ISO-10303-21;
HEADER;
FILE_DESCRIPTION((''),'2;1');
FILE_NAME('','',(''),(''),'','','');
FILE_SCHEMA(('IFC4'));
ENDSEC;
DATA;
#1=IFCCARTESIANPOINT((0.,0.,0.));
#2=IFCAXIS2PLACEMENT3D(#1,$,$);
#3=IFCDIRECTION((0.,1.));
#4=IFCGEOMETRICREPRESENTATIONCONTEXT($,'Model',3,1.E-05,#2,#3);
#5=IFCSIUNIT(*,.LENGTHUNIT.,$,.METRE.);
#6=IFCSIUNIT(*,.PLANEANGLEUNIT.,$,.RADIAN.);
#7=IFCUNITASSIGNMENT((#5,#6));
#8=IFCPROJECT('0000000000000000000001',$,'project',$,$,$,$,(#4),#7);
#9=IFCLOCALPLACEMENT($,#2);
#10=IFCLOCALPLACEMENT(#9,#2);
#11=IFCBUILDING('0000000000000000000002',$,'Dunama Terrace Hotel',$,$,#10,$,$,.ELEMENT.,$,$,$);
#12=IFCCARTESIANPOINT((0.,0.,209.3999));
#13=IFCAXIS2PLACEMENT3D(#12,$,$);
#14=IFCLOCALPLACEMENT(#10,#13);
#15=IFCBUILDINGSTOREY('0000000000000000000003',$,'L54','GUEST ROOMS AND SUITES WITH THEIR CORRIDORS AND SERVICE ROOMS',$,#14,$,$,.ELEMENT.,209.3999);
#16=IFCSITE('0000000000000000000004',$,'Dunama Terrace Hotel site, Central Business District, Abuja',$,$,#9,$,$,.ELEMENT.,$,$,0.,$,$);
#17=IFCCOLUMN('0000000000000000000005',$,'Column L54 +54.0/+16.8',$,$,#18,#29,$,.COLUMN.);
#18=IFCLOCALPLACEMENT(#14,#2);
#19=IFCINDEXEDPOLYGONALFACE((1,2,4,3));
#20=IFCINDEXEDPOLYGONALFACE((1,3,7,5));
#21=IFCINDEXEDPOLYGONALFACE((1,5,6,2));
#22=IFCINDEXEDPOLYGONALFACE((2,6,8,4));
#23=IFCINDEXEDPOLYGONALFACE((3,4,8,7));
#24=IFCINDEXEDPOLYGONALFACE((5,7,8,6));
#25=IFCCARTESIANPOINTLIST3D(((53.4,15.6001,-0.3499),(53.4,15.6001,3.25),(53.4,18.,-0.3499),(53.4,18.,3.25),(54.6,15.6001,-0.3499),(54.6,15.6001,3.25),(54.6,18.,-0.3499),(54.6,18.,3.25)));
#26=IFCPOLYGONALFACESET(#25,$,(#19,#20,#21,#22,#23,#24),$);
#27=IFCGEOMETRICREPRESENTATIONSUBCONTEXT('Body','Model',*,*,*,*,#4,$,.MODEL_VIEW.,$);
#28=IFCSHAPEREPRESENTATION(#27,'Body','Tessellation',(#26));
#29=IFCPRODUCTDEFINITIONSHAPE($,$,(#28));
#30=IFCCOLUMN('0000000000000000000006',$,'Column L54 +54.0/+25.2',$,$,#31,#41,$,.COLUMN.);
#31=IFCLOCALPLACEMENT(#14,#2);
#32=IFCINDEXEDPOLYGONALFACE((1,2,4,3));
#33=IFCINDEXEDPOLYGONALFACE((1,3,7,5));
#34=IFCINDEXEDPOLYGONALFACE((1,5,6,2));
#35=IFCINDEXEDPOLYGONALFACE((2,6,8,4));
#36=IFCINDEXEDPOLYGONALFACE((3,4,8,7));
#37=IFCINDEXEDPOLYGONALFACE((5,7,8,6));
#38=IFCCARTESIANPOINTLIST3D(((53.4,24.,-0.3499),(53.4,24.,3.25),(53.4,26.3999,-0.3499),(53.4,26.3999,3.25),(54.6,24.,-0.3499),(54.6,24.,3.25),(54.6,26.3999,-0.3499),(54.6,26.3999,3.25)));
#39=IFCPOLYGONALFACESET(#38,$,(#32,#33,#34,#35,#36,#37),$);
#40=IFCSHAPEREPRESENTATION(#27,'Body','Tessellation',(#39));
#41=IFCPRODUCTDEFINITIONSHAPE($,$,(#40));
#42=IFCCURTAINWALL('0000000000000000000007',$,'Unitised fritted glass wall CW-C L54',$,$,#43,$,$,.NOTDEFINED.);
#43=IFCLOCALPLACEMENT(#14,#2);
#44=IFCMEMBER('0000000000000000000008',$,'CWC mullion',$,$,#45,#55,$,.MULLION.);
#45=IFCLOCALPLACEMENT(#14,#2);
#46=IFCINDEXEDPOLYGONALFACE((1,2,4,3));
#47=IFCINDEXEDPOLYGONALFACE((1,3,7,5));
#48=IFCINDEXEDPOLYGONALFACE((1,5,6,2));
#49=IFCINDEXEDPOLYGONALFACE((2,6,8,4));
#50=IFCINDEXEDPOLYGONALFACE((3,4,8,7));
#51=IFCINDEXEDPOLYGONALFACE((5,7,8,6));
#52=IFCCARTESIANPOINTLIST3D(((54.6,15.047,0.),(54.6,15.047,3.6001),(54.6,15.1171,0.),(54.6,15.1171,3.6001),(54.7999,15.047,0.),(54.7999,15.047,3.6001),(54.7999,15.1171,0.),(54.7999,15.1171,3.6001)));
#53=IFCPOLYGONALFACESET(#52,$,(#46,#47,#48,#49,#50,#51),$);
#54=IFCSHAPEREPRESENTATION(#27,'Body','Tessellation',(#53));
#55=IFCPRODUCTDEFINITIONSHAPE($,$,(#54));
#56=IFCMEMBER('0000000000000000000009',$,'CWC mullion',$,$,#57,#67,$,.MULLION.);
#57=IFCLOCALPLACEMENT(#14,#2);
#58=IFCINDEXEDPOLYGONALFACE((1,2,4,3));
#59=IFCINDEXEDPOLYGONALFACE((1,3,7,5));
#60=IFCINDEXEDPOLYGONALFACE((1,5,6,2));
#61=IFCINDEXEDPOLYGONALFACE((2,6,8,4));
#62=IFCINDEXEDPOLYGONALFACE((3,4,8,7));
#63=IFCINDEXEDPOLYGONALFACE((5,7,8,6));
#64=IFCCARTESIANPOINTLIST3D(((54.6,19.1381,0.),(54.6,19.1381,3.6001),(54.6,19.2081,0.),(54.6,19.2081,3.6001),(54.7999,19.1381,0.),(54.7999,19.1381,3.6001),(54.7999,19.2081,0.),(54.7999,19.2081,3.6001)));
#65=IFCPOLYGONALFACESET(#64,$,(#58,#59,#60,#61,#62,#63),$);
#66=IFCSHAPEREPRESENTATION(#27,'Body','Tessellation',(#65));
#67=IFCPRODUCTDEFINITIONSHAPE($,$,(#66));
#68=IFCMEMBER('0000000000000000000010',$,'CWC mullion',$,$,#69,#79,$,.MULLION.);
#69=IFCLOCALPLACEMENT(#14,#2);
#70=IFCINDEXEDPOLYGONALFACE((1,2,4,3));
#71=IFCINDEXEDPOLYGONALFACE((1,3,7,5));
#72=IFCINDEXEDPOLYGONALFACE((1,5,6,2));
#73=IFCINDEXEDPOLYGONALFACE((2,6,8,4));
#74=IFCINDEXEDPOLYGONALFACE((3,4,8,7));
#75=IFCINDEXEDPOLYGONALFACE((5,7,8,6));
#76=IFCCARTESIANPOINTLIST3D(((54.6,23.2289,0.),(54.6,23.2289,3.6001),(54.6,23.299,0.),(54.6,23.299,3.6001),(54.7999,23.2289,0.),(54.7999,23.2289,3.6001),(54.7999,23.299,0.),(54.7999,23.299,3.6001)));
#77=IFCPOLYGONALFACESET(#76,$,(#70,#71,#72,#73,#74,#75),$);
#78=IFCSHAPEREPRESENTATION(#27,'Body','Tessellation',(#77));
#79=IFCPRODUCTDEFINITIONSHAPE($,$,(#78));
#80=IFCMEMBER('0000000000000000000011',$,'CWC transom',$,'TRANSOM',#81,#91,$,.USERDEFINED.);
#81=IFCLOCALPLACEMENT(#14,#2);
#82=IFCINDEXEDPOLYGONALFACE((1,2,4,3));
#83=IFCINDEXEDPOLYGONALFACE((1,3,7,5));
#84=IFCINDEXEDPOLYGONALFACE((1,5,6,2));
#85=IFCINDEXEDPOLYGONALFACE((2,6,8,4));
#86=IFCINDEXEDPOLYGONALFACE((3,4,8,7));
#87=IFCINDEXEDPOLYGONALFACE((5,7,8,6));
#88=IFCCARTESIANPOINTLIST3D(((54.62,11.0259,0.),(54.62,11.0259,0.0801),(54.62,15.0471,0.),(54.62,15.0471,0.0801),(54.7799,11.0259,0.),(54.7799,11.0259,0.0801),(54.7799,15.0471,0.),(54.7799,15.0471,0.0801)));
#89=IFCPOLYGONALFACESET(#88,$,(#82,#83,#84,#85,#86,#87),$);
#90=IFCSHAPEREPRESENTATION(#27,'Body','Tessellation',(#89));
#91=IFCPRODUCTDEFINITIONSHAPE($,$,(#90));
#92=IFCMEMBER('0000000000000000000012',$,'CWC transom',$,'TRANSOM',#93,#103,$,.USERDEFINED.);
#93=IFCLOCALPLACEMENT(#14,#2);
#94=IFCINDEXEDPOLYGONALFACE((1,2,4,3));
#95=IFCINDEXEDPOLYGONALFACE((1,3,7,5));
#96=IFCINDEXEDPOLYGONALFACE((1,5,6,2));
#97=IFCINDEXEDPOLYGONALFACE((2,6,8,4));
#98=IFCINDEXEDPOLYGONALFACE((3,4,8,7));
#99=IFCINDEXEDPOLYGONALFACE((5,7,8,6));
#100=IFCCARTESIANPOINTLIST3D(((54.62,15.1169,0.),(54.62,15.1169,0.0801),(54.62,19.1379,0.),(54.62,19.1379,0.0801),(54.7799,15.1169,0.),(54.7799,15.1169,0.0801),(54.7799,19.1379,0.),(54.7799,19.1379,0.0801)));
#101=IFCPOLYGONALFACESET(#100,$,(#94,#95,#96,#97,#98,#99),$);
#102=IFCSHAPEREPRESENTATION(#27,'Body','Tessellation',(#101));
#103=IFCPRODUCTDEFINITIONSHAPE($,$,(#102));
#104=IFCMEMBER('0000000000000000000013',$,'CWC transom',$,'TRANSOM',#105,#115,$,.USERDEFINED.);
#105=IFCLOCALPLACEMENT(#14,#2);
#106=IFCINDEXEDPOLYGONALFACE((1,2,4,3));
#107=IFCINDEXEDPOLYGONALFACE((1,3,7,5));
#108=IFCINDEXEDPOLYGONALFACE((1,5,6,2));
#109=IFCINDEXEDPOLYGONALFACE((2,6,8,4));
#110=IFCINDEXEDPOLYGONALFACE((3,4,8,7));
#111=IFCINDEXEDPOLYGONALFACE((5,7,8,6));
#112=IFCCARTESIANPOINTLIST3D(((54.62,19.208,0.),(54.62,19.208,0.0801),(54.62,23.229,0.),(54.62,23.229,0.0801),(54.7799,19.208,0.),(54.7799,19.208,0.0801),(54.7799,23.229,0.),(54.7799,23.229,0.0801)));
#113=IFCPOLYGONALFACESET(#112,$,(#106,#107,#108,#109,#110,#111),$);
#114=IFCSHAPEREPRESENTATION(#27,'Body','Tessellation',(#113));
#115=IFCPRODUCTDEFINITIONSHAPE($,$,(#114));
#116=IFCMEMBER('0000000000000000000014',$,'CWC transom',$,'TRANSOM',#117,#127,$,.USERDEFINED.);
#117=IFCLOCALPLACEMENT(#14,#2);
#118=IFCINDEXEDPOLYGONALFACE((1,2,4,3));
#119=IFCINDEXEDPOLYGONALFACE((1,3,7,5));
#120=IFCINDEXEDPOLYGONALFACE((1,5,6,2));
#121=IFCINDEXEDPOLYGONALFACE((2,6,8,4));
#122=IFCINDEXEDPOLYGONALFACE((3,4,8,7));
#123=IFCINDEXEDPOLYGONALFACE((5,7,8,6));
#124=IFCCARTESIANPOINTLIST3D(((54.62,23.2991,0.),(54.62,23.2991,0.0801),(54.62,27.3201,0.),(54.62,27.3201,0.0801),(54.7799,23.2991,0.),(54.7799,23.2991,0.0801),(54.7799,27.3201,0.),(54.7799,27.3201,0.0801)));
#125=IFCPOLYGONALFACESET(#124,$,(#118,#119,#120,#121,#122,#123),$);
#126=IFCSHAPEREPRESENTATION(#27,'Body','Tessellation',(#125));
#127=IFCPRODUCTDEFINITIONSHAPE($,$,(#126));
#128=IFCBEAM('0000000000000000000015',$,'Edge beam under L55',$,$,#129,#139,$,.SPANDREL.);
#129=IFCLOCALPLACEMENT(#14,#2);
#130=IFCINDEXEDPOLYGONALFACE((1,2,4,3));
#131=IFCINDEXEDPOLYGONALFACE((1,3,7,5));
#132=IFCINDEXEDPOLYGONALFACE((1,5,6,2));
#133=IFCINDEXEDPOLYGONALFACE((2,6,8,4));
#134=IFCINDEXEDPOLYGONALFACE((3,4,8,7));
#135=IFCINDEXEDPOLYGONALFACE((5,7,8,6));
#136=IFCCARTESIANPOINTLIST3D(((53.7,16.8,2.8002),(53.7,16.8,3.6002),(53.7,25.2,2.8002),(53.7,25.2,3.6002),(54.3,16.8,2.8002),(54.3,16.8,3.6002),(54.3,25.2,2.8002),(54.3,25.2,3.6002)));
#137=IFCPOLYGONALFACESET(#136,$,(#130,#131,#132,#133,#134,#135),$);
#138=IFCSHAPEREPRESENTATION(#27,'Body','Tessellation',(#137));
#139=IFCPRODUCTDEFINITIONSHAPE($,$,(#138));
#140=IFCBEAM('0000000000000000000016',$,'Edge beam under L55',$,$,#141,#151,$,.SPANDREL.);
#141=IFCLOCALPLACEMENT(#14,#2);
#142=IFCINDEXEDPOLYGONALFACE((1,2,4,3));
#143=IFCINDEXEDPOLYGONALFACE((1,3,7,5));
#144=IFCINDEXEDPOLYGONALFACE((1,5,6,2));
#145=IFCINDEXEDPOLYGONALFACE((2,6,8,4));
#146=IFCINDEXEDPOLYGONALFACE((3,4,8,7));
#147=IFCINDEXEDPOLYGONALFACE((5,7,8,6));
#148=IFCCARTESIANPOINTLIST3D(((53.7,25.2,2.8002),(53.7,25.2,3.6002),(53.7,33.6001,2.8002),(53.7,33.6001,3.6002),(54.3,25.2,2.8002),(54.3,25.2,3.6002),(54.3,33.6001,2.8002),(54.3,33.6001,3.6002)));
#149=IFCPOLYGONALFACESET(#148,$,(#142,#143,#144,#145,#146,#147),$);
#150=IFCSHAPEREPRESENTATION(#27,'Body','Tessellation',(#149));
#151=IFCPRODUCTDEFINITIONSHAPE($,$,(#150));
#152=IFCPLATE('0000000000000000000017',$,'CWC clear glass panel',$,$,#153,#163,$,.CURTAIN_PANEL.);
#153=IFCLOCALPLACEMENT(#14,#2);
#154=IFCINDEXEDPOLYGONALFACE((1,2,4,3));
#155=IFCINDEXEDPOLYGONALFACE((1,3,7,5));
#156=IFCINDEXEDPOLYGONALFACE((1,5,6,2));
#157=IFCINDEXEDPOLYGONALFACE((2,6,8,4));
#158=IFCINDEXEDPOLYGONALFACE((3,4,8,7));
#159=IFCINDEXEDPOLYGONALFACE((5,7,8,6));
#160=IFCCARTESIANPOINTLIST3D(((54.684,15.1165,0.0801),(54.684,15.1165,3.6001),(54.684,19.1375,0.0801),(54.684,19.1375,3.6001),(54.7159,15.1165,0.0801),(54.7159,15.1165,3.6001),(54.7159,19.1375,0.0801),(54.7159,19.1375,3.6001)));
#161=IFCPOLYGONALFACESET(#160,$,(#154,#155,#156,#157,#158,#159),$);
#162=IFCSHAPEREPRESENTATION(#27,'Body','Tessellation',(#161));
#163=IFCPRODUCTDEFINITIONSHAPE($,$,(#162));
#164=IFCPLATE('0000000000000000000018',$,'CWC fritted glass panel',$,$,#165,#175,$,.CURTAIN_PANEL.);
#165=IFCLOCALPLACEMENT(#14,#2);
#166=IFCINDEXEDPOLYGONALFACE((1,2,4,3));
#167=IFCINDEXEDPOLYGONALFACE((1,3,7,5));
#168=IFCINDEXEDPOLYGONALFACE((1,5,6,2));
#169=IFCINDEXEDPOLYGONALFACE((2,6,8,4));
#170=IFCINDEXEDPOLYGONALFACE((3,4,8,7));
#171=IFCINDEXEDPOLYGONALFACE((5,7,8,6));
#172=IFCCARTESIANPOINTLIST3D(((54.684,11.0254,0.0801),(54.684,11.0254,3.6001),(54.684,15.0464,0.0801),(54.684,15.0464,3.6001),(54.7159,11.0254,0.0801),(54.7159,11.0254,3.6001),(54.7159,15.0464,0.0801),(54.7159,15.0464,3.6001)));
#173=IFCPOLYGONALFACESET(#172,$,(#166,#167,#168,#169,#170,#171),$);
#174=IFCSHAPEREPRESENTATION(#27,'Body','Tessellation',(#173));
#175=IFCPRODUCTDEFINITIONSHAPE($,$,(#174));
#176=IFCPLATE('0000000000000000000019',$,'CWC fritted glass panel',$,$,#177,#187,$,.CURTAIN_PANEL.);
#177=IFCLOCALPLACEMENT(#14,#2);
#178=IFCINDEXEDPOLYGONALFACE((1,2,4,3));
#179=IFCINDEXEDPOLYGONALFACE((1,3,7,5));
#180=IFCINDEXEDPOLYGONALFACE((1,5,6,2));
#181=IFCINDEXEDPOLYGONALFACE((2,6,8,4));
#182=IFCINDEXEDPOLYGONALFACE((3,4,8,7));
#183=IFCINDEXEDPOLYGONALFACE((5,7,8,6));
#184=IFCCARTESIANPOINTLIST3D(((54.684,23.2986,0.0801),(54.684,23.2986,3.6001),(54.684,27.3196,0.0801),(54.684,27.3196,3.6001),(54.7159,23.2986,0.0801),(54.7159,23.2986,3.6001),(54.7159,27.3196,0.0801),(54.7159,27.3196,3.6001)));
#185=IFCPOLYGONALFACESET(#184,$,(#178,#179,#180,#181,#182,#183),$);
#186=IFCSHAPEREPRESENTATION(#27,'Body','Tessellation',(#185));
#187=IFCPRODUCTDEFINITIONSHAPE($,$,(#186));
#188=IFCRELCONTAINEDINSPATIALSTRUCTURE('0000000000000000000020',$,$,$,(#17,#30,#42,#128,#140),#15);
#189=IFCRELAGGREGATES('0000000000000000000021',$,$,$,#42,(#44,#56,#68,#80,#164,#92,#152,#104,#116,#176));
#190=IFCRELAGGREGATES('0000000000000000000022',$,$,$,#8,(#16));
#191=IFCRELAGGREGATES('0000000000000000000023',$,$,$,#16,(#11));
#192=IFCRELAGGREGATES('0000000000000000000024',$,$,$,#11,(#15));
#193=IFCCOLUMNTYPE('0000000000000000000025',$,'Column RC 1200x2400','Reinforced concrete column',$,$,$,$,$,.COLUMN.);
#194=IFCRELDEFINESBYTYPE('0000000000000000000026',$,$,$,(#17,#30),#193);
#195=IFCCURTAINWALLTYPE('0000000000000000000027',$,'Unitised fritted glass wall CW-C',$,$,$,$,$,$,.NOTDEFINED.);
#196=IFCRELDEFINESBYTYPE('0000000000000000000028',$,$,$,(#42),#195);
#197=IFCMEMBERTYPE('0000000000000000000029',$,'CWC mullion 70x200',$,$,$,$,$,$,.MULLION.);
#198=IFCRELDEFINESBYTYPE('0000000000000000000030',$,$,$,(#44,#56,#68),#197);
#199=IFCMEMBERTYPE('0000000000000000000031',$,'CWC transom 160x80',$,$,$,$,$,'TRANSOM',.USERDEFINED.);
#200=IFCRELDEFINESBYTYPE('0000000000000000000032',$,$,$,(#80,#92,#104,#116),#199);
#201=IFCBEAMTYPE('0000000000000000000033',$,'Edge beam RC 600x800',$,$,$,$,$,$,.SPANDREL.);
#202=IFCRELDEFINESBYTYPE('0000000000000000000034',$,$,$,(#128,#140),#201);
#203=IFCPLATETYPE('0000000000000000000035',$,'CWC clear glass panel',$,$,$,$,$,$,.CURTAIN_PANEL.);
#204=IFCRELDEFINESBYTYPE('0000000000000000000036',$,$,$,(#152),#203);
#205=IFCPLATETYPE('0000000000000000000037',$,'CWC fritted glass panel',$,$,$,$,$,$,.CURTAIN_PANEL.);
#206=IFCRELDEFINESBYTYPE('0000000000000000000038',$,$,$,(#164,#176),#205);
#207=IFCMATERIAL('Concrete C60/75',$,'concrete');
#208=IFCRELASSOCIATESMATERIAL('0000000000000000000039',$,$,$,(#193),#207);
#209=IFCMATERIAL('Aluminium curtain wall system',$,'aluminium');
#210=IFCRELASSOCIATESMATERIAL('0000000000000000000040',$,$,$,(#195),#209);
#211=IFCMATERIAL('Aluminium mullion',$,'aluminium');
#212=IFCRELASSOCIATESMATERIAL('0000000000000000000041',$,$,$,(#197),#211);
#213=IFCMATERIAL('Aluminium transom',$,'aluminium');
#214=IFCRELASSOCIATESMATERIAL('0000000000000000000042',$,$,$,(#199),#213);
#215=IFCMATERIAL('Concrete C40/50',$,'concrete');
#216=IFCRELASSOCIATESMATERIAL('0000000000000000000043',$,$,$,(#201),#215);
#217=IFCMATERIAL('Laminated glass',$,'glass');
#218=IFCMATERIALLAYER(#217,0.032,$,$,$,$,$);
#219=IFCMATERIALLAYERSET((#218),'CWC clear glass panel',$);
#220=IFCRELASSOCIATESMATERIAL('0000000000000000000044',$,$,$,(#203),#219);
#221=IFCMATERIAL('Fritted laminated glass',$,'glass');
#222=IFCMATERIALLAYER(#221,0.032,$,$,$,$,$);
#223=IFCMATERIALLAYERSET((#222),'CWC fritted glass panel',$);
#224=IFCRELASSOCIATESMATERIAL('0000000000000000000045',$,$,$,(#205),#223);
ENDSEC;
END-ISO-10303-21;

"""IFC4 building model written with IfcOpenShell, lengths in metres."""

from ifc_helpers import new_model, si_unit, direction, frame, origin, origin_2d, place, context, subcontext, project, spatial, rectangle, extrude, material, layer, layer_set, material_profile, profile_set, type_object, element, aggregate, save


model = new_model("IFC4")

# Units and contexts
model_context = context("Model", 3, precision=1e-05, world=origin(), true_north=direction((0.0, 1.0)))
body_context = subcontext(model_context, "Body", "Model", "MODEL_VIEW")
ifc_project = project(units=[si_unit("LENGTHUNIT", "METRE"), si_unit("PLANEANGLEUNIT", "RADIAN")], contexts=[model_context])

# Site, building, storey
site_placement = place(None, origin())
site = spatial("IfcSite", under=ifc_project, at=site_placement, Name="Dunama Terrace Hotel site, Central Business District, Abuja", CompositionType="ELEMENT", RefElevation=0.0)
building_placement = place(site_placement, origin())
building = spatial("IfcBuilding", under=site, at=building_placement, Name="Dunama Terrace Hotel", CompositionType="ELEMENT")
storey_placement = place(building_placement, frame((0.0, 0.0, 209.3999)))
storey = spatial("IfcBuildingStorey", under=building, at=storey_placement, Name="L54", Description="GUEST ROOMS AND SUITES WITH THEIR CORRIDORS AND SERVICE ROOMS", CompositionType="ELEMENT", Elevation=209.3999)

# Columns
ifc_material_1 = material(Name="Concrete C60/75", Category="concrete")
ifc_material_profile_1 = material_profile(ifc_material_1, rectangle(XDim=1.2, YDim=2.3999, at=origin_2d()), Name="RC 1200x2400")
ifc_profile_set_1 = profile_set([ifc_material_profile_1], Name="Concrete C60/75")
column_type = type_object("IfcColumnType", Name="Column RC 1200x2400", Description="Reinforced concrete column", PredefinedType="COLUMN", material=ifc_profile_set_1)
for number, where, z_axis, x_axis, name in (
    (1, (54.0, 16.8, -0.3499), (0.0, 0.0, 1.0), (1.0, 0.0, 0.0), "Column L54 +54.0/+16.8"),
    (2, (54.0, 25.2, -0.3499), (0.0, 0.0, 1.0), (1.0, 0.0, 0.0), "Column L54 +54.0/+25.2"),
):
    element("IfcColumn", number, at=place(storey_placement, frame(where, z_axis=z_axis, x_axis=x_axis)), inside=storey, type_object=column_type, Name=name, PredefinedType="COLUMN", context=body_context, shape_type="SweptSolid", body=[
        extrude(rectangle(XDim=1.2, YDim=2.3999, at=origin_2d()), origin(), (0.0, 0.0, 1.0), 3.5999),
    ])

# Curtain wall, members
ifc_material_2 = material(Name="Aluminium curtain wall system", Category="aluminium")
curtain_wall_type = type_object("IfcCurtainWallType", Name="Unitised fritted glass wall CW-C", PredefinedType="NOTDEFINED", material=ifc_material_2)
curtain_wall_placement = place(storey_placement, origin())
curtain_wall = element("IfcCurtainWall", 3, at=curtain_wall_placement, inside=storey, type_object=curtain_wall_type, Name="Unitised fritted glass wall CW-C L54", PredefinedType="NOTDEFINED")
ifc_material_3 = material(Name="Aluminium mullion", Category="aluminium")
ifc_material_profile_2 = material_profile(ifc_material_3, rectangle(XDim=0.0701, YDim=0.2, at=origin_2d()), Name="CWC MULLION 70X200")
ifc_profile_set_2 = profile_set([ifc_material_profile_2], Name="Aluminium mullion")
member_type_1 = type_object("IfcMemberType", Name="CWC mullion 70x200", PredefinedType="MULLION", material=ifc_profile_set_2)
member_1_placement = place(storey_placement, frame((54.7, 15.082, 0.0), z_axis=(0.0, 0.0, 1.0), x_axis=(0.0, 1.0, 0.0)))
member_1 = element("IfcMember", 4, at=member_1_placement, type_object=member_type_1, Name="CWC mullion", PredefinedType="MULLION", context=body_context, shape_type="SweptSolid", body=[
    extrude(rectangle(XDim=0.0701, YDim=0.2, at=origin_2d()), origin(), (0.0, 0.0, 1.0), 3.6001),
])
member_2_placement = place(storey_placement, frame((54.7, 19.1731, 0.0), z_axis=(0.0, 0.0, 1.0), x_axis=(0.0, 1.0, 0.0)))
member_2 = element("IfcMember", 5, at=member_2_placement, type_object=member_type_1, Name="CWC mullion", PredefinedType="MULLION", context=body_context, shape_type="SweptSolid", body=[
    extrude(rectangle(XDim=0.0701, YDim=0.2, at=origin_2d()), origin(), (0.0, 0.0, 1.0), 3.6001),
])
member_3_placement = place(storey_placement, frame((54.7, 23.2639, 0.0), z_axis=(0.0, 0.0, 1.0), x_axis=(0.0, 1.0, 0.0)))
member_3 = element("IfcMember", 6, at=member_3_placement, type_object=member_type_1, Name="CWC mullion", PredefinedType="MULLION", context=body_context, shape_type="SweptSolid", body=[
    extrude(rectangle(XDim=0.0701, YDim=0.2, at=origin_2d()), origin(), (0.0, 0.0, 1.0), 3.6001),
])
ifc_material_4 = material(Name="Aluminium transom", Category="aluminium")
ifc_material_profile_3 = material_profile(ifc_material_4, rectangle(XDim=0.1599, YDim=0.0801, at=origin_2d()), Name="CWC TRANSOM 160X80")
ifc_profile_set_3 = profile_set([ifc_material_profile_3], Name="Aluminium transom")
member_type_2 = type_object("IfcMemberType", Name="CWC transom 160x80", ElementType="TRANSOM", PredefinedType="USERDEFINED", material=ifc_profile_set_3)
member_4_placement = place(storey_placement, frame((54.7, 11.0259, 0.04), z_axis=(0.0, 1.0, 0.0), x_axis=(-1.0, 0.0, 0.0)))
member_4 = element("IfcMember", 7, at=member_4_placement, type_object=member_type_2, Name="CWC transom", ObjectType="TRANSOM", PredefinedType="USERDEFINED", context=body_context, shape_type="SweptSolid", body=[
    extrude(rectangle(XDim=0.1599, YDim=0.0801, at=origin_2d()), origin(), (0.0, 0.0, 1.0), 4.0212),
])
member_5_placement = place(storey_placement, frame((54.7, 15.1169, 0.04), z_axis=(0.0, 1.0, 0.0), x_axis=(-1.0, 0.0, 0.0)))
member_5 = element("IfcMember", 8, at=member_5_placement, type_object=member_type_2, Name="CWC transom", ObjectType="TRANSOM", PredefinedType="USERDEFINED", context=body_context, shape_type="SweptSolid", body=[
    extrude(rectangle(XDim=0.1599, YDim=0.0801, at=origin_2d()), origin(), (0.0, 0.0, 1.0), 4.021),
])
member_6_placement = place(storey_placement, frame((54.7, 19.208, 0.04), z_axis=(0.0, 1.0, 0.0), x_axis=(-1.0, 0.0, 0.0)))
member_6 = element("IfcMember", 9, at=member_6_placement, type_object=member_type_2, Name="CWC transom", ObjectType="TRANSOM", PredefinedType="USERDEFINED", context=body_context, shape_type="SweptSolid", body=[
    extrude(rectangle(XDim=0.1599, YDim=0.0801, at=origin_2d()), origin(), (0.0, 0.0, 1.0), 4.021),
])
member_7_placement = place(storey_placement, frame((54.7, 23.2991, 0.04), z_axis=(0.0, 1.0, 0.0), x_axis=(-1.0, 0.0, 0.0)))
member_7 = element("IfcMember", 10, at=member_7_placement, type_object=member_type_2, Name="CWC transom", ObjectType="TRANSOM", PredefinedType="USERDEFINED", context=body_context, shape_type="SweptSolid", body=[
    extrude(rectangle(XDim=0.1599, YDim=0.0801, at=origin_2d()), origin(), (0.0, 0.0, 1.0), 4.021),
])

# Beams
ifc_material_5 = material(Name="Concrete C40/50", Category="concrete")
ifc_material_profile_4 = material_profile(ifc_material_5, rectangle(XDim=0.6001, YDim=0.8, at=origin_2d()), Name="RC 600x800")
ifc_profile_set_4 = profile_set([ifc_material_profile_4], Name="Concrete C40/50")
beam_type = type_object("IfcBeamType", Name="Edge beam RC 600x800", PredefinedType="SPANDREL", material=ifc_profile_set_4)
beam_1_placement = place(storey_placement, frame((54.0, 16.8, 3.2002), z_axis=(0.0, 1.0, 0.0), x_axis=(-1.0, 0.0, 0.0)))
element("IfcBeam", 11, at=beam_1_placement, inside=storey, type_object=beam_type, Name="Edge beam under L55", PredefinedType="SPANDREL", context=body_context, shape_type="SweptSolid", body=[
    extrude(rectangle(XDim=0.6001, YDim=0.8, at=origin_2d()), origin(), (0.0, 0.0, 1.0), 8.3999),
])
beam_2_placement = place(storey_placement, frame((54.0, 25.2, 3.2002), z_axis=(0.0, 1.0, 0.0), x_axis=(-1.0, 0.0, 0.0)))
element("IfcBeam", 12, at=beam_2_placement, inside=storey, type_object=beam_type, Name="Edge beam under L55", PredefinedType="SPANDREL", context=body_context, shape_type="SweptSolid", body=[
    extrude(rectangle(XDim=0.6001, YDim=0.8, at=origin_2d()), origin(), (0.0, 0.0, 1.0), 8.4001),
])

# Plates
ifc_material_6 = material(Name="Laminated glass", Category="glass")
ifc_layer_1 = layer(ifc_material_6, 0.032)
ifc_layer_set_1 = layer_set([ifc_layer_1], Name="CWC clear glass panel")
plate_type_1 = type_object("IfcPlateType", Name="CWC clear glass panel", PredefinedType="CURTAIN_PANEL", material=ifc_layer_set_1)
plate_1_placement = place(storey_placement, frame((54.7, 17.127, 0.0801), z_axis=(0.0, 0.0, 1.0), x_axis=(0.0, 1.0, 0.0)))
plate_1 = element("IfcPlate", 13, at=plate_1_placement, type_object=plate_type_1, Name="CWC clear glass panel", PredefinedType="CURTAIN_PANEL", context=body_context, shape_type="SweptSolid", body=[
    extrude(rectangle(XDim=4.021, YDim=0.032, at=origin_2d()), origin(), (0.0, 0.0, 1.0), 3.52),
])
ifc_material_7 = material(Name="Fritted laminated glass", Category="glass")
ifc_layer_2 = layer(ifc_material_7, 0.032)
ifc_layer_set_2 = layer_set([ifc_layer_2], Name="CWC fritted glass panel")
plate_type_2 = type_object("IfcPlateType", Name="CWC fritted glass panel", PredefinedType="CURTAIN_PANEL", material=ifc_layer_set_2)
plate_2_placement = place(storey_placement, frame((54.7, 13.0359, 0.0801), z_axis=(0.0, 0.0, 1.0), x_axis=(0.0, 1.0, 0.0)))
plate_2 = element("IfcPlate", 14, at=plate_2_placement, type_object=plate_type_2, Name="CWC fritted glass panel", PredefinedType="CURTAIN_PANEL", context=body_context, shape_type="SweptSolid", body=[
    extrude(rectangle(XDim=4.021, YDim=0.032, at=origin_2d()), origin(), (0.0, 0.0, 1.0), 3.52),
])
plate_3_placement = place(storey_placement, frame((54.7, 25.3091, 0.0801), z_axis=(0.0, 0.0, 1.0), x_axis=(0.0, 1.0, 0.0)))
plate_3 = element("IfcPlate", 15, at=plate_3_placement, type_object=plate_type_2, Name="CWC fritted glass panel", PredefinedType="CURTAIN_PANEL", context=body_context, shape_type="SweptSolid", body=[
    extrude(rectangle(XDim=4.021, YDim=0.032, at=origin_2d()), origin(), (0.0, 0.0, 1.0), 3.52),
])
aggregate(curtain_wall, [member_1, member_2, member_3, member_4, plate_2, member_5, plate_1, member_6, member_7, plate_3])

save(model, "model.ifc")
